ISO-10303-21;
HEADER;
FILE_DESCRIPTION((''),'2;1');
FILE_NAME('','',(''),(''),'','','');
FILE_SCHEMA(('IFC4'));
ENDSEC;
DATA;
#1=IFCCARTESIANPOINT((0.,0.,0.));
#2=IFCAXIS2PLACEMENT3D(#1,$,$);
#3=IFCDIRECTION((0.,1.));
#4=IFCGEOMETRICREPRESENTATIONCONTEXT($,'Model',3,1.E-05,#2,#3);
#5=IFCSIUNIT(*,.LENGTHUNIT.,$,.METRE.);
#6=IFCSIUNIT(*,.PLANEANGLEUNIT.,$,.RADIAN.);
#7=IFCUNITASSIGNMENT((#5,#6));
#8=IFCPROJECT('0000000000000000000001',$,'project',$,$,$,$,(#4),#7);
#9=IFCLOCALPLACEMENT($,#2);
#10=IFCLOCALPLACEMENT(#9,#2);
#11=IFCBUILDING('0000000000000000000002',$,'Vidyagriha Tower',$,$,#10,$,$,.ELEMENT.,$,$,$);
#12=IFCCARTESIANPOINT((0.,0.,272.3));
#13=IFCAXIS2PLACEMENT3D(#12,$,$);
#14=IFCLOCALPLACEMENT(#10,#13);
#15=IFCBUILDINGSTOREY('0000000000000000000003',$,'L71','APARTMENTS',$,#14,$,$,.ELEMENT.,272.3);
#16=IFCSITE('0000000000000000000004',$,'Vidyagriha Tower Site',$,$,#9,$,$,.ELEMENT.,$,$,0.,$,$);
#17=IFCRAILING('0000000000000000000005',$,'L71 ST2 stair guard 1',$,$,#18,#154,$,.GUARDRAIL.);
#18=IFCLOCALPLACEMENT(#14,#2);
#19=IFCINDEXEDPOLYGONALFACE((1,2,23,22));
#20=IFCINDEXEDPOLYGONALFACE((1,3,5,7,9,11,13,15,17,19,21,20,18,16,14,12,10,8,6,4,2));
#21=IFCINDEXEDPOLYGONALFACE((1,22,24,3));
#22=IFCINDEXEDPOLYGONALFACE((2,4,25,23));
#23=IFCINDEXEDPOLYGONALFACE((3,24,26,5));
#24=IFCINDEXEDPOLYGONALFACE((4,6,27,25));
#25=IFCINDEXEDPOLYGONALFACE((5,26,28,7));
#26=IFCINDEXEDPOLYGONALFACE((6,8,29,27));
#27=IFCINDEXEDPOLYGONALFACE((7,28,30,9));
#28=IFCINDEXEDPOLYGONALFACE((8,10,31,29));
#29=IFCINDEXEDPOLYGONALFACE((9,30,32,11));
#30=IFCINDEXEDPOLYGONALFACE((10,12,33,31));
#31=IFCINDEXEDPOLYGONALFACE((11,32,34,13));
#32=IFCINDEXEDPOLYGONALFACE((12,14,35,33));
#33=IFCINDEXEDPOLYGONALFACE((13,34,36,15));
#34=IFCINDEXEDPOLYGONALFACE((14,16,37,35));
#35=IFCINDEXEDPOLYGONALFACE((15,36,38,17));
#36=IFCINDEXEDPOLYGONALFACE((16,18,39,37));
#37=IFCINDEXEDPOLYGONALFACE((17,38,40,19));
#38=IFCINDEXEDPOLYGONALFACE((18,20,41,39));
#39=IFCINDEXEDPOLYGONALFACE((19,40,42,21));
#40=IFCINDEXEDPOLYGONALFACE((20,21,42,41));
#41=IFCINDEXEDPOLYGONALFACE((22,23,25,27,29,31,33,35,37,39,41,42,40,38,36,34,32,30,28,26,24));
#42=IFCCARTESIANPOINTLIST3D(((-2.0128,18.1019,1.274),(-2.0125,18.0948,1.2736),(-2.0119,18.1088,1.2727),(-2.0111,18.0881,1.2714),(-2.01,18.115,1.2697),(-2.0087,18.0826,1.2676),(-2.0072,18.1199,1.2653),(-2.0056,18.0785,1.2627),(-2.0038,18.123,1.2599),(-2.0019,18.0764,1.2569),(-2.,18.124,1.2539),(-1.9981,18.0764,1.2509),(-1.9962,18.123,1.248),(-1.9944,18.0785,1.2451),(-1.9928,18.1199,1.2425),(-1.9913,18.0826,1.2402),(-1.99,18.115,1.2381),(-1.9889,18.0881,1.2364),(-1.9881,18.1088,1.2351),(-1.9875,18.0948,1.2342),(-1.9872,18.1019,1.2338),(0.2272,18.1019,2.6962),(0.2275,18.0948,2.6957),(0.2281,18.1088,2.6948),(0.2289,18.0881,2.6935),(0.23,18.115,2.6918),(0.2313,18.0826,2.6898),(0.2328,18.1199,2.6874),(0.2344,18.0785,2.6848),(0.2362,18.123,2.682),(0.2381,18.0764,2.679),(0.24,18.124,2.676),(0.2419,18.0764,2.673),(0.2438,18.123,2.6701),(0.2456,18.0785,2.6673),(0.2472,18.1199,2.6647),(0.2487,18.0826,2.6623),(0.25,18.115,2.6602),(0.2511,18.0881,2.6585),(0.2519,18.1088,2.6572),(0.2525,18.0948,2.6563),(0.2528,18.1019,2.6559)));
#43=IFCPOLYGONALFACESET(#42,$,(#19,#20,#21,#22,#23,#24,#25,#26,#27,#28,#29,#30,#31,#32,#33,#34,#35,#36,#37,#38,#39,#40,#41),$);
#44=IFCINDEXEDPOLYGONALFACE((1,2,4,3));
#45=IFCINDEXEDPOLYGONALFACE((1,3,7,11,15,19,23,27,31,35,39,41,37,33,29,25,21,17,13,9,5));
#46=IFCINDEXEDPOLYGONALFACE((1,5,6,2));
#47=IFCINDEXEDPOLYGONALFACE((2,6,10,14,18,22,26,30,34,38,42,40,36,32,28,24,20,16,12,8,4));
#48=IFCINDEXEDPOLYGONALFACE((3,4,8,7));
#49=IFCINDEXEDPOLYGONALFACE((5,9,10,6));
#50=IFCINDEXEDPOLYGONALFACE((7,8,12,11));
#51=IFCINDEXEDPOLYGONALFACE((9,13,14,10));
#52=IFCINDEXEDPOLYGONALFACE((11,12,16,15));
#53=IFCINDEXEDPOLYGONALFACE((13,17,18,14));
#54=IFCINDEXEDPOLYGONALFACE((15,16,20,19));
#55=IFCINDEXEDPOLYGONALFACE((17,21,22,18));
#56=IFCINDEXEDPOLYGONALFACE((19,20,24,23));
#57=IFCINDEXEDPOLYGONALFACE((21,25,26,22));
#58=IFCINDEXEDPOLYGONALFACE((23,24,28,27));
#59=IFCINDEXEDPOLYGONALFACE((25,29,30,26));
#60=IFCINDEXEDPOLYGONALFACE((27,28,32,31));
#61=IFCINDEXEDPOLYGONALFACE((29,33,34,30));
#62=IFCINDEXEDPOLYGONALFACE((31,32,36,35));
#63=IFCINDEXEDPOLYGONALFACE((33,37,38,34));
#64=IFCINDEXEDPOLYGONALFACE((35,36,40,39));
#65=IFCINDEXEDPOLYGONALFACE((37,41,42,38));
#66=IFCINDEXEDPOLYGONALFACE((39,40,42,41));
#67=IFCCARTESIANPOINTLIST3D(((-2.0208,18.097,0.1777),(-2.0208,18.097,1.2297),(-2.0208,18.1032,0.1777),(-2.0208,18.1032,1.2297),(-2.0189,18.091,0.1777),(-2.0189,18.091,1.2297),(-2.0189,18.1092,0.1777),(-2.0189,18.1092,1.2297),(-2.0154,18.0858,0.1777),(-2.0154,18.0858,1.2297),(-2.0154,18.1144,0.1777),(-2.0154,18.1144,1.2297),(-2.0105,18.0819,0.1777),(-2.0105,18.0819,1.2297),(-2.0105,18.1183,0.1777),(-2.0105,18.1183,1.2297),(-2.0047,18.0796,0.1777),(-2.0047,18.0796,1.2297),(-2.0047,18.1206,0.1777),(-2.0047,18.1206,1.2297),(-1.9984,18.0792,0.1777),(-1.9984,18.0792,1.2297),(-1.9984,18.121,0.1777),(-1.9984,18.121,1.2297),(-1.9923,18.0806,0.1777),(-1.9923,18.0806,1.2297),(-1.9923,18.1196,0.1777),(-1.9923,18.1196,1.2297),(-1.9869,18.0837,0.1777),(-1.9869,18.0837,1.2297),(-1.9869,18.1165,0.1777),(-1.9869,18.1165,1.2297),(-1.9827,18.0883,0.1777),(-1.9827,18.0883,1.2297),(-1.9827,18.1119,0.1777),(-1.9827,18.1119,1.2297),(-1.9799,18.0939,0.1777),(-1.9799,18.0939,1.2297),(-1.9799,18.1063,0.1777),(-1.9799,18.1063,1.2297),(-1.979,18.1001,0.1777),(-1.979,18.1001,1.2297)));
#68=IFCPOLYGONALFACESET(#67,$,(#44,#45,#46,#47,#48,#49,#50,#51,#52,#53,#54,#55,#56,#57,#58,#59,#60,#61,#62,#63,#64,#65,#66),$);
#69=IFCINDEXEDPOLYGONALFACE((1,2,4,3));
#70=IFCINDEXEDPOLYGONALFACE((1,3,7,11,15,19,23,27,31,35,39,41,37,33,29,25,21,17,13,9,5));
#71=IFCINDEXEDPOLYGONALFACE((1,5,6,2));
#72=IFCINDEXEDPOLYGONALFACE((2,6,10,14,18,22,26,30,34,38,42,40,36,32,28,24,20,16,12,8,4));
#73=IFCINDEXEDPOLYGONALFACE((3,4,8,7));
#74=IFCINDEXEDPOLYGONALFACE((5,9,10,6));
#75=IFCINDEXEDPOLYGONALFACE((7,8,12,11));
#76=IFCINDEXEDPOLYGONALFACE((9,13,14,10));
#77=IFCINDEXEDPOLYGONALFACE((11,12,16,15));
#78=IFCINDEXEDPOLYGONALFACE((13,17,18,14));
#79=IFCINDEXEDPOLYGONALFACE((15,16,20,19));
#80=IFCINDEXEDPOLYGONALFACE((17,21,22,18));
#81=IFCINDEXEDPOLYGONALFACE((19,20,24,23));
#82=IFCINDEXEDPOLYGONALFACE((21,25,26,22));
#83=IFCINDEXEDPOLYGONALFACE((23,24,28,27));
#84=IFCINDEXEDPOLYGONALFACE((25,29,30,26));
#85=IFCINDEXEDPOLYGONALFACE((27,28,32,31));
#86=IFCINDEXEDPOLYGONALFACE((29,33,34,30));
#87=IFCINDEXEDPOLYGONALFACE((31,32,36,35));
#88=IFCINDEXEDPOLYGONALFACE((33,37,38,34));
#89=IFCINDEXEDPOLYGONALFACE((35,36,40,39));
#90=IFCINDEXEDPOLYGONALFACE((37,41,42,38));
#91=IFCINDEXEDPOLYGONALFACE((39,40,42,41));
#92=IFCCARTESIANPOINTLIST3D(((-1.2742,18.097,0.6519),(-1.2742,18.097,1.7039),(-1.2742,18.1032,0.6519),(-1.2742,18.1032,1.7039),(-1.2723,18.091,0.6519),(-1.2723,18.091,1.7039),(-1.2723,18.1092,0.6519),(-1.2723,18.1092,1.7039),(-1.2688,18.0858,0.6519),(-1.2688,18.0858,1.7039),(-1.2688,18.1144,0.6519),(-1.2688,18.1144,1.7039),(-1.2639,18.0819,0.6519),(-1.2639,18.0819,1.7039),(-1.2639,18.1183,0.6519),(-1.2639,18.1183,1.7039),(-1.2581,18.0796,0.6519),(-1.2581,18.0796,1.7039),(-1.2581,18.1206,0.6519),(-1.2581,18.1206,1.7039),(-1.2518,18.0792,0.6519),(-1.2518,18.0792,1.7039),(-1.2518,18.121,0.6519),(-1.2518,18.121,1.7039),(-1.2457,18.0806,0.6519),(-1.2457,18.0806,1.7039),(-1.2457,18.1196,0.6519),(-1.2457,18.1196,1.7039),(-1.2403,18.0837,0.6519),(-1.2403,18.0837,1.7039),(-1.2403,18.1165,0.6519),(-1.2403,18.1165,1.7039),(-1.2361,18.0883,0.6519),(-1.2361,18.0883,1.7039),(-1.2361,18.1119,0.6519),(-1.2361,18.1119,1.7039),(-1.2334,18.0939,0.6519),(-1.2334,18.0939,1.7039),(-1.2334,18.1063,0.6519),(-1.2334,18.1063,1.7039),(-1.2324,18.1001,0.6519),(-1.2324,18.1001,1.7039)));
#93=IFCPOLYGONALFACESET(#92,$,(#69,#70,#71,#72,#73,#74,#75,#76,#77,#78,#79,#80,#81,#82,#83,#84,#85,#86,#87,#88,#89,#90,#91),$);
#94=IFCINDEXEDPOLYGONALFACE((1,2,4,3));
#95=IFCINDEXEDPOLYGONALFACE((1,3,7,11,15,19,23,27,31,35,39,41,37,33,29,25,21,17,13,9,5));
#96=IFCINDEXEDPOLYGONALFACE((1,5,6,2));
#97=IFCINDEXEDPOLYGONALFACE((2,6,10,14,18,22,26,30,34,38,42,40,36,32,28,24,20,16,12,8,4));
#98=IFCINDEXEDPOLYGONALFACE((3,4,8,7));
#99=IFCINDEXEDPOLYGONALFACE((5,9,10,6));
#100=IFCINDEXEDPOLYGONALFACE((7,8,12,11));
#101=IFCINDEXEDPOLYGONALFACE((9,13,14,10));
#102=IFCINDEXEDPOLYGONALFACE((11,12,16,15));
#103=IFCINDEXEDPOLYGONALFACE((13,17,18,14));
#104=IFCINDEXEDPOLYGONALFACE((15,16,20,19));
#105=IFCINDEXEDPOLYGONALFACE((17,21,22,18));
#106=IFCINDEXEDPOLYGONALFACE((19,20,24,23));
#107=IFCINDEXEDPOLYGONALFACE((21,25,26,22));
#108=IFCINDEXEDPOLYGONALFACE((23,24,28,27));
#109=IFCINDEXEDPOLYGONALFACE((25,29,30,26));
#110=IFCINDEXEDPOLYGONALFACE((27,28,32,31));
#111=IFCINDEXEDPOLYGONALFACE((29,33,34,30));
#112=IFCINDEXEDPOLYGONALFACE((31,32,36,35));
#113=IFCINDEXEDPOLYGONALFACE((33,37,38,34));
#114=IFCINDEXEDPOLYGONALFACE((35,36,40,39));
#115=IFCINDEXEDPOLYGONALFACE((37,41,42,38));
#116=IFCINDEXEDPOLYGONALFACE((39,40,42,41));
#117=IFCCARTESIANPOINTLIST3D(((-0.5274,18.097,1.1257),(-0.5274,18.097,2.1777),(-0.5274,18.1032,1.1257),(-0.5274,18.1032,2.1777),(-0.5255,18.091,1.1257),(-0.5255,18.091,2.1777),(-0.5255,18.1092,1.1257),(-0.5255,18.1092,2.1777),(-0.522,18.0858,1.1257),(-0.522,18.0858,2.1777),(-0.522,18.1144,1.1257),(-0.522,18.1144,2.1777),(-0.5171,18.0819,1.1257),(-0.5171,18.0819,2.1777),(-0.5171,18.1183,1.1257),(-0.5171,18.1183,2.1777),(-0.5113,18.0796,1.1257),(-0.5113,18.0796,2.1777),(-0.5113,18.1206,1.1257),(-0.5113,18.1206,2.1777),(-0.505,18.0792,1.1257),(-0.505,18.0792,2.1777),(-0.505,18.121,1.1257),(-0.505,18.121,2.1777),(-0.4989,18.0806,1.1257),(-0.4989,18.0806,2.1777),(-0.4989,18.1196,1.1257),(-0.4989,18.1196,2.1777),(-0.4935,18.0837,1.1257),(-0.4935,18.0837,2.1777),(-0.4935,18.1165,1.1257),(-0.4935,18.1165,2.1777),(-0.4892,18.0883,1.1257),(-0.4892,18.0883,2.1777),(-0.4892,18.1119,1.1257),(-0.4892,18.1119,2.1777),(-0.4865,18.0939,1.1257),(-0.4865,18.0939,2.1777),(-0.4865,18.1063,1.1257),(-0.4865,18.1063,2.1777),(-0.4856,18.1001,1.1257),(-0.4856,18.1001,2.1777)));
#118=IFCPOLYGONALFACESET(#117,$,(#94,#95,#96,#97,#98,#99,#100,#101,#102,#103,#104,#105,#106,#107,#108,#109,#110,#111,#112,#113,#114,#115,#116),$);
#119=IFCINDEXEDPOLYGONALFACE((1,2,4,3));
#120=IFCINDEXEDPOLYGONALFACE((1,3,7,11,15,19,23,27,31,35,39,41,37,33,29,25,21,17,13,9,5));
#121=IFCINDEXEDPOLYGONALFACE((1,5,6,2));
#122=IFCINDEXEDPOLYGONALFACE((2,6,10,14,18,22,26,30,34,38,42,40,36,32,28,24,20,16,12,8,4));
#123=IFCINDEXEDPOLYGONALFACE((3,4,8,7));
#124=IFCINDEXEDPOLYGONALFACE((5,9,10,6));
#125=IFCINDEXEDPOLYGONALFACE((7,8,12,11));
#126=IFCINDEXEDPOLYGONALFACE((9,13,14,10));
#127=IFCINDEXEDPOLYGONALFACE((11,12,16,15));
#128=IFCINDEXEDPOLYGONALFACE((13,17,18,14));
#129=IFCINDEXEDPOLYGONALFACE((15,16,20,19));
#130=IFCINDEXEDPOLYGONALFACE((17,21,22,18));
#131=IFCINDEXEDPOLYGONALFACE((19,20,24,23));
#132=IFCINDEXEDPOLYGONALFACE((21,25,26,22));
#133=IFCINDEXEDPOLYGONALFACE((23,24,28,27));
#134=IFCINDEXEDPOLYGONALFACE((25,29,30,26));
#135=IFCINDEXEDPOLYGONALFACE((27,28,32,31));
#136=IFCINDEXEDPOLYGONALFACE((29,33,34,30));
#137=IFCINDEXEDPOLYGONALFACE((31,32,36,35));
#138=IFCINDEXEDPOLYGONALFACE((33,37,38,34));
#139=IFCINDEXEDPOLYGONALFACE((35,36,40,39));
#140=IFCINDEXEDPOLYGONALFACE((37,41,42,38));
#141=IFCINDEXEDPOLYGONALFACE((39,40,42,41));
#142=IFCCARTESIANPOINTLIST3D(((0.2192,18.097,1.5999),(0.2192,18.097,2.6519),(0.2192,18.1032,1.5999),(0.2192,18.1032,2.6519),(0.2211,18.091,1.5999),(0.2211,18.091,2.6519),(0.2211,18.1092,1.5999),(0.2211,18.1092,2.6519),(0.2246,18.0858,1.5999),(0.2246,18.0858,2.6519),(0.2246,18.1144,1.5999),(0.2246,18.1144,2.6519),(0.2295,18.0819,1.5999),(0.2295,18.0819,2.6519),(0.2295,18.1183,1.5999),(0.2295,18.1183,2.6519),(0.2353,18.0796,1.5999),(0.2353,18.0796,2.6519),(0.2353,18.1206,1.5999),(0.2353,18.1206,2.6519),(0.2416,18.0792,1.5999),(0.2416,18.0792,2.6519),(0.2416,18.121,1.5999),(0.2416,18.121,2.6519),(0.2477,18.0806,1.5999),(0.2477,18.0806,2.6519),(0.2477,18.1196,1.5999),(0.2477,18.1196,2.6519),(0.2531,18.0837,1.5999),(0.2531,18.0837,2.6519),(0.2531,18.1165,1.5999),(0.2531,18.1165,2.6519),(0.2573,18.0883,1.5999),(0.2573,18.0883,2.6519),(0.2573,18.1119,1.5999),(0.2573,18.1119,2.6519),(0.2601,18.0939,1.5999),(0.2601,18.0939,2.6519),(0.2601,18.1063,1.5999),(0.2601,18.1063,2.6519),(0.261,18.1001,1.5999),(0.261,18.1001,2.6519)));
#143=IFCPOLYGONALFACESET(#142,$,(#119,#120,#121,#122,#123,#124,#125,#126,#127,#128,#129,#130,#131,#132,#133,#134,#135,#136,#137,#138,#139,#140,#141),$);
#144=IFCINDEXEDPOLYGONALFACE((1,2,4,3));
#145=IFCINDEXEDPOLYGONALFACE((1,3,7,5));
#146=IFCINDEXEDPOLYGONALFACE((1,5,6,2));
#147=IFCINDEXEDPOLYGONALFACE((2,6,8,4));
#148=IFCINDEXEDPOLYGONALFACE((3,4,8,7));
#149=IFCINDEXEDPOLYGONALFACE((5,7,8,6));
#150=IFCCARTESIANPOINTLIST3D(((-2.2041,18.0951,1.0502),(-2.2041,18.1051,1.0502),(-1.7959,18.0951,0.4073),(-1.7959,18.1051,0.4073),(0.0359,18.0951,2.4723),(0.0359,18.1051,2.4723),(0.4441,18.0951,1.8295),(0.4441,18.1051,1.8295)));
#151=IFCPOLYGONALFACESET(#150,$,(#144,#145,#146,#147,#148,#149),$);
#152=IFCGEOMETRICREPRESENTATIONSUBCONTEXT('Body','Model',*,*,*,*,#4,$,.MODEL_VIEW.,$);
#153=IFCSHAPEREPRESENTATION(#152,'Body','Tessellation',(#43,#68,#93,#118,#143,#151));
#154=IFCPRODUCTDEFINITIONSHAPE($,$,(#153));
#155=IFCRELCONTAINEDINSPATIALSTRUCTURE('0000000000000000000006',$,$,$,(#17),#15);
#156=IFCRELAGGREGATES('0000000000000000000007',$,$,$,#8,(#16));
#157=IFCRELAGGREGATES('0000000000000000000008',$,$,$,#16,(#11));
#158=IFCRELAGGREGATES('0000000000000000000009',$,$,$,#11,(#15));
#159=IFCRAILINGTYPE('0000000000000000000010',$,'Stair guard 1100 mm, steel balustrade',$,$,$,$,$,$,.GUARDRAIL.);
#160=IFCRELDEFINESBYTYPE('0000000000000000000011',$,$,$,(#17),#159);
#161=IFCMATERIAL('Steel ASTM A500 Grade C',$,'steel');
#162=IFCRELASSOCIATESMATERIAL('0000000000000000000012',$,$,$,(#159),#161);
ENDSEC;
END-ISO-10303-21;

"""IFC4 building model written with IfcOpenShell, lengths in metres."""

from ifc_helpers import new_model, si_unit, direction, frame, origin, origin_2d, place, context, subcontext, project, spatial, rectangle, circle, extrude, material, type_object, element, save


model = new_model("IFC4")

# Units and contexts
model_context = context("Model", 3, precision=1e-05, world=origin(), true_north=direction((0.0, 1.0)))
body_context = subcontext(model_context, "Body", "Model", "MODEL_VIEW")
ifc_project = project(units=[si_unit("LENGTHUNIT", "METRE"), si_unit("PLANEANGLEUNIT", "RADIAN")], contexts=[model_context])

# Site, building, storey
site_placement = place(None, origin())
site = spatial("IfcSite", under=ifc_project, at=site_placement, Name="Vidyagriha Tower Site", CompositionType="ELEMENT", RefElevation=0.0)
building_placement = place(site_placement, origin())
building = spatial("IfcBuilding", under=site, at=building_placement, Name="Vidyagriha Tower", CompositionType="ELEMENT")
storey_placement = place(building_placement, frame((0.0, 0.0, 272.3)))
storey = spatial("IfcBuildingStorey", under=building, at=storey_placement, Name="L71", Description="APARTMENTS", CompositionType="ELEMENT", Elevation=272.3)

# Railing
ifc_material_1 = material(Name="Steel ASTM A500 Grade C", Category="steel")
railing_type_1 = type_object("IfcRailingType", Name="Stair guard 1100 mm, steel balustrade", PredefinedType="GUARDRAIL", material=ifc_material_1)
railing_1_placement = place(storey_placement, frame((-2.0, 18.1001, 0.1777)))
element("IfcRailing", 1, at=railing_1_placement, inside=storey, type_object=railing_type_1, Name="L71 ST2 stair guard 1", PredefinedType="GUARDRAIL", context=body_context, shape_type="SweptSolid", body=[
    extrude(circle(Radius=0.0239, at=origin_2d()), frame((0.0, 0.0, 1.0762), z_axis=(0.844229, 0.0, 0.535982), x_axis=(0.0, 1.0, 0.0)), (0.0, 0.0, 1.0), 2.6533),
    extrude(circle(Radius=0.021, at=origin_2d()), origin(), (0.0, 0.0, 1.0), 1.052),
    extrude(circle(Radius=0.021, at=origin_2d()), frame((0.7466, 0.0, 0.4741)), (0.0, 0.0, 1.0), 1.052),
    extrude(circle(Radius=0.021, at=origin_2d()), frame((1.4934, 0.0, 0.948)), (0.0, 0.0, 1.0), 1.052),
    extrude(circle(Radius=0.021, at=origin_2d()), frame((2.24, 0.0, 1.4221)), (0.0, 0.0, 1.0), 1.052),
    extrude(rectangle(XDim=0.01, YDim=0.7615, at=origin_2d()), frame((0.0, 0.0, 0.551), z_axis=(0.844229, 0.0, 0.535982), x_axis=(0.0, 1.0, 0.0)), (0.0, 0.0, 1.0), 2.6533),
])

save(model, "model.ifc")
